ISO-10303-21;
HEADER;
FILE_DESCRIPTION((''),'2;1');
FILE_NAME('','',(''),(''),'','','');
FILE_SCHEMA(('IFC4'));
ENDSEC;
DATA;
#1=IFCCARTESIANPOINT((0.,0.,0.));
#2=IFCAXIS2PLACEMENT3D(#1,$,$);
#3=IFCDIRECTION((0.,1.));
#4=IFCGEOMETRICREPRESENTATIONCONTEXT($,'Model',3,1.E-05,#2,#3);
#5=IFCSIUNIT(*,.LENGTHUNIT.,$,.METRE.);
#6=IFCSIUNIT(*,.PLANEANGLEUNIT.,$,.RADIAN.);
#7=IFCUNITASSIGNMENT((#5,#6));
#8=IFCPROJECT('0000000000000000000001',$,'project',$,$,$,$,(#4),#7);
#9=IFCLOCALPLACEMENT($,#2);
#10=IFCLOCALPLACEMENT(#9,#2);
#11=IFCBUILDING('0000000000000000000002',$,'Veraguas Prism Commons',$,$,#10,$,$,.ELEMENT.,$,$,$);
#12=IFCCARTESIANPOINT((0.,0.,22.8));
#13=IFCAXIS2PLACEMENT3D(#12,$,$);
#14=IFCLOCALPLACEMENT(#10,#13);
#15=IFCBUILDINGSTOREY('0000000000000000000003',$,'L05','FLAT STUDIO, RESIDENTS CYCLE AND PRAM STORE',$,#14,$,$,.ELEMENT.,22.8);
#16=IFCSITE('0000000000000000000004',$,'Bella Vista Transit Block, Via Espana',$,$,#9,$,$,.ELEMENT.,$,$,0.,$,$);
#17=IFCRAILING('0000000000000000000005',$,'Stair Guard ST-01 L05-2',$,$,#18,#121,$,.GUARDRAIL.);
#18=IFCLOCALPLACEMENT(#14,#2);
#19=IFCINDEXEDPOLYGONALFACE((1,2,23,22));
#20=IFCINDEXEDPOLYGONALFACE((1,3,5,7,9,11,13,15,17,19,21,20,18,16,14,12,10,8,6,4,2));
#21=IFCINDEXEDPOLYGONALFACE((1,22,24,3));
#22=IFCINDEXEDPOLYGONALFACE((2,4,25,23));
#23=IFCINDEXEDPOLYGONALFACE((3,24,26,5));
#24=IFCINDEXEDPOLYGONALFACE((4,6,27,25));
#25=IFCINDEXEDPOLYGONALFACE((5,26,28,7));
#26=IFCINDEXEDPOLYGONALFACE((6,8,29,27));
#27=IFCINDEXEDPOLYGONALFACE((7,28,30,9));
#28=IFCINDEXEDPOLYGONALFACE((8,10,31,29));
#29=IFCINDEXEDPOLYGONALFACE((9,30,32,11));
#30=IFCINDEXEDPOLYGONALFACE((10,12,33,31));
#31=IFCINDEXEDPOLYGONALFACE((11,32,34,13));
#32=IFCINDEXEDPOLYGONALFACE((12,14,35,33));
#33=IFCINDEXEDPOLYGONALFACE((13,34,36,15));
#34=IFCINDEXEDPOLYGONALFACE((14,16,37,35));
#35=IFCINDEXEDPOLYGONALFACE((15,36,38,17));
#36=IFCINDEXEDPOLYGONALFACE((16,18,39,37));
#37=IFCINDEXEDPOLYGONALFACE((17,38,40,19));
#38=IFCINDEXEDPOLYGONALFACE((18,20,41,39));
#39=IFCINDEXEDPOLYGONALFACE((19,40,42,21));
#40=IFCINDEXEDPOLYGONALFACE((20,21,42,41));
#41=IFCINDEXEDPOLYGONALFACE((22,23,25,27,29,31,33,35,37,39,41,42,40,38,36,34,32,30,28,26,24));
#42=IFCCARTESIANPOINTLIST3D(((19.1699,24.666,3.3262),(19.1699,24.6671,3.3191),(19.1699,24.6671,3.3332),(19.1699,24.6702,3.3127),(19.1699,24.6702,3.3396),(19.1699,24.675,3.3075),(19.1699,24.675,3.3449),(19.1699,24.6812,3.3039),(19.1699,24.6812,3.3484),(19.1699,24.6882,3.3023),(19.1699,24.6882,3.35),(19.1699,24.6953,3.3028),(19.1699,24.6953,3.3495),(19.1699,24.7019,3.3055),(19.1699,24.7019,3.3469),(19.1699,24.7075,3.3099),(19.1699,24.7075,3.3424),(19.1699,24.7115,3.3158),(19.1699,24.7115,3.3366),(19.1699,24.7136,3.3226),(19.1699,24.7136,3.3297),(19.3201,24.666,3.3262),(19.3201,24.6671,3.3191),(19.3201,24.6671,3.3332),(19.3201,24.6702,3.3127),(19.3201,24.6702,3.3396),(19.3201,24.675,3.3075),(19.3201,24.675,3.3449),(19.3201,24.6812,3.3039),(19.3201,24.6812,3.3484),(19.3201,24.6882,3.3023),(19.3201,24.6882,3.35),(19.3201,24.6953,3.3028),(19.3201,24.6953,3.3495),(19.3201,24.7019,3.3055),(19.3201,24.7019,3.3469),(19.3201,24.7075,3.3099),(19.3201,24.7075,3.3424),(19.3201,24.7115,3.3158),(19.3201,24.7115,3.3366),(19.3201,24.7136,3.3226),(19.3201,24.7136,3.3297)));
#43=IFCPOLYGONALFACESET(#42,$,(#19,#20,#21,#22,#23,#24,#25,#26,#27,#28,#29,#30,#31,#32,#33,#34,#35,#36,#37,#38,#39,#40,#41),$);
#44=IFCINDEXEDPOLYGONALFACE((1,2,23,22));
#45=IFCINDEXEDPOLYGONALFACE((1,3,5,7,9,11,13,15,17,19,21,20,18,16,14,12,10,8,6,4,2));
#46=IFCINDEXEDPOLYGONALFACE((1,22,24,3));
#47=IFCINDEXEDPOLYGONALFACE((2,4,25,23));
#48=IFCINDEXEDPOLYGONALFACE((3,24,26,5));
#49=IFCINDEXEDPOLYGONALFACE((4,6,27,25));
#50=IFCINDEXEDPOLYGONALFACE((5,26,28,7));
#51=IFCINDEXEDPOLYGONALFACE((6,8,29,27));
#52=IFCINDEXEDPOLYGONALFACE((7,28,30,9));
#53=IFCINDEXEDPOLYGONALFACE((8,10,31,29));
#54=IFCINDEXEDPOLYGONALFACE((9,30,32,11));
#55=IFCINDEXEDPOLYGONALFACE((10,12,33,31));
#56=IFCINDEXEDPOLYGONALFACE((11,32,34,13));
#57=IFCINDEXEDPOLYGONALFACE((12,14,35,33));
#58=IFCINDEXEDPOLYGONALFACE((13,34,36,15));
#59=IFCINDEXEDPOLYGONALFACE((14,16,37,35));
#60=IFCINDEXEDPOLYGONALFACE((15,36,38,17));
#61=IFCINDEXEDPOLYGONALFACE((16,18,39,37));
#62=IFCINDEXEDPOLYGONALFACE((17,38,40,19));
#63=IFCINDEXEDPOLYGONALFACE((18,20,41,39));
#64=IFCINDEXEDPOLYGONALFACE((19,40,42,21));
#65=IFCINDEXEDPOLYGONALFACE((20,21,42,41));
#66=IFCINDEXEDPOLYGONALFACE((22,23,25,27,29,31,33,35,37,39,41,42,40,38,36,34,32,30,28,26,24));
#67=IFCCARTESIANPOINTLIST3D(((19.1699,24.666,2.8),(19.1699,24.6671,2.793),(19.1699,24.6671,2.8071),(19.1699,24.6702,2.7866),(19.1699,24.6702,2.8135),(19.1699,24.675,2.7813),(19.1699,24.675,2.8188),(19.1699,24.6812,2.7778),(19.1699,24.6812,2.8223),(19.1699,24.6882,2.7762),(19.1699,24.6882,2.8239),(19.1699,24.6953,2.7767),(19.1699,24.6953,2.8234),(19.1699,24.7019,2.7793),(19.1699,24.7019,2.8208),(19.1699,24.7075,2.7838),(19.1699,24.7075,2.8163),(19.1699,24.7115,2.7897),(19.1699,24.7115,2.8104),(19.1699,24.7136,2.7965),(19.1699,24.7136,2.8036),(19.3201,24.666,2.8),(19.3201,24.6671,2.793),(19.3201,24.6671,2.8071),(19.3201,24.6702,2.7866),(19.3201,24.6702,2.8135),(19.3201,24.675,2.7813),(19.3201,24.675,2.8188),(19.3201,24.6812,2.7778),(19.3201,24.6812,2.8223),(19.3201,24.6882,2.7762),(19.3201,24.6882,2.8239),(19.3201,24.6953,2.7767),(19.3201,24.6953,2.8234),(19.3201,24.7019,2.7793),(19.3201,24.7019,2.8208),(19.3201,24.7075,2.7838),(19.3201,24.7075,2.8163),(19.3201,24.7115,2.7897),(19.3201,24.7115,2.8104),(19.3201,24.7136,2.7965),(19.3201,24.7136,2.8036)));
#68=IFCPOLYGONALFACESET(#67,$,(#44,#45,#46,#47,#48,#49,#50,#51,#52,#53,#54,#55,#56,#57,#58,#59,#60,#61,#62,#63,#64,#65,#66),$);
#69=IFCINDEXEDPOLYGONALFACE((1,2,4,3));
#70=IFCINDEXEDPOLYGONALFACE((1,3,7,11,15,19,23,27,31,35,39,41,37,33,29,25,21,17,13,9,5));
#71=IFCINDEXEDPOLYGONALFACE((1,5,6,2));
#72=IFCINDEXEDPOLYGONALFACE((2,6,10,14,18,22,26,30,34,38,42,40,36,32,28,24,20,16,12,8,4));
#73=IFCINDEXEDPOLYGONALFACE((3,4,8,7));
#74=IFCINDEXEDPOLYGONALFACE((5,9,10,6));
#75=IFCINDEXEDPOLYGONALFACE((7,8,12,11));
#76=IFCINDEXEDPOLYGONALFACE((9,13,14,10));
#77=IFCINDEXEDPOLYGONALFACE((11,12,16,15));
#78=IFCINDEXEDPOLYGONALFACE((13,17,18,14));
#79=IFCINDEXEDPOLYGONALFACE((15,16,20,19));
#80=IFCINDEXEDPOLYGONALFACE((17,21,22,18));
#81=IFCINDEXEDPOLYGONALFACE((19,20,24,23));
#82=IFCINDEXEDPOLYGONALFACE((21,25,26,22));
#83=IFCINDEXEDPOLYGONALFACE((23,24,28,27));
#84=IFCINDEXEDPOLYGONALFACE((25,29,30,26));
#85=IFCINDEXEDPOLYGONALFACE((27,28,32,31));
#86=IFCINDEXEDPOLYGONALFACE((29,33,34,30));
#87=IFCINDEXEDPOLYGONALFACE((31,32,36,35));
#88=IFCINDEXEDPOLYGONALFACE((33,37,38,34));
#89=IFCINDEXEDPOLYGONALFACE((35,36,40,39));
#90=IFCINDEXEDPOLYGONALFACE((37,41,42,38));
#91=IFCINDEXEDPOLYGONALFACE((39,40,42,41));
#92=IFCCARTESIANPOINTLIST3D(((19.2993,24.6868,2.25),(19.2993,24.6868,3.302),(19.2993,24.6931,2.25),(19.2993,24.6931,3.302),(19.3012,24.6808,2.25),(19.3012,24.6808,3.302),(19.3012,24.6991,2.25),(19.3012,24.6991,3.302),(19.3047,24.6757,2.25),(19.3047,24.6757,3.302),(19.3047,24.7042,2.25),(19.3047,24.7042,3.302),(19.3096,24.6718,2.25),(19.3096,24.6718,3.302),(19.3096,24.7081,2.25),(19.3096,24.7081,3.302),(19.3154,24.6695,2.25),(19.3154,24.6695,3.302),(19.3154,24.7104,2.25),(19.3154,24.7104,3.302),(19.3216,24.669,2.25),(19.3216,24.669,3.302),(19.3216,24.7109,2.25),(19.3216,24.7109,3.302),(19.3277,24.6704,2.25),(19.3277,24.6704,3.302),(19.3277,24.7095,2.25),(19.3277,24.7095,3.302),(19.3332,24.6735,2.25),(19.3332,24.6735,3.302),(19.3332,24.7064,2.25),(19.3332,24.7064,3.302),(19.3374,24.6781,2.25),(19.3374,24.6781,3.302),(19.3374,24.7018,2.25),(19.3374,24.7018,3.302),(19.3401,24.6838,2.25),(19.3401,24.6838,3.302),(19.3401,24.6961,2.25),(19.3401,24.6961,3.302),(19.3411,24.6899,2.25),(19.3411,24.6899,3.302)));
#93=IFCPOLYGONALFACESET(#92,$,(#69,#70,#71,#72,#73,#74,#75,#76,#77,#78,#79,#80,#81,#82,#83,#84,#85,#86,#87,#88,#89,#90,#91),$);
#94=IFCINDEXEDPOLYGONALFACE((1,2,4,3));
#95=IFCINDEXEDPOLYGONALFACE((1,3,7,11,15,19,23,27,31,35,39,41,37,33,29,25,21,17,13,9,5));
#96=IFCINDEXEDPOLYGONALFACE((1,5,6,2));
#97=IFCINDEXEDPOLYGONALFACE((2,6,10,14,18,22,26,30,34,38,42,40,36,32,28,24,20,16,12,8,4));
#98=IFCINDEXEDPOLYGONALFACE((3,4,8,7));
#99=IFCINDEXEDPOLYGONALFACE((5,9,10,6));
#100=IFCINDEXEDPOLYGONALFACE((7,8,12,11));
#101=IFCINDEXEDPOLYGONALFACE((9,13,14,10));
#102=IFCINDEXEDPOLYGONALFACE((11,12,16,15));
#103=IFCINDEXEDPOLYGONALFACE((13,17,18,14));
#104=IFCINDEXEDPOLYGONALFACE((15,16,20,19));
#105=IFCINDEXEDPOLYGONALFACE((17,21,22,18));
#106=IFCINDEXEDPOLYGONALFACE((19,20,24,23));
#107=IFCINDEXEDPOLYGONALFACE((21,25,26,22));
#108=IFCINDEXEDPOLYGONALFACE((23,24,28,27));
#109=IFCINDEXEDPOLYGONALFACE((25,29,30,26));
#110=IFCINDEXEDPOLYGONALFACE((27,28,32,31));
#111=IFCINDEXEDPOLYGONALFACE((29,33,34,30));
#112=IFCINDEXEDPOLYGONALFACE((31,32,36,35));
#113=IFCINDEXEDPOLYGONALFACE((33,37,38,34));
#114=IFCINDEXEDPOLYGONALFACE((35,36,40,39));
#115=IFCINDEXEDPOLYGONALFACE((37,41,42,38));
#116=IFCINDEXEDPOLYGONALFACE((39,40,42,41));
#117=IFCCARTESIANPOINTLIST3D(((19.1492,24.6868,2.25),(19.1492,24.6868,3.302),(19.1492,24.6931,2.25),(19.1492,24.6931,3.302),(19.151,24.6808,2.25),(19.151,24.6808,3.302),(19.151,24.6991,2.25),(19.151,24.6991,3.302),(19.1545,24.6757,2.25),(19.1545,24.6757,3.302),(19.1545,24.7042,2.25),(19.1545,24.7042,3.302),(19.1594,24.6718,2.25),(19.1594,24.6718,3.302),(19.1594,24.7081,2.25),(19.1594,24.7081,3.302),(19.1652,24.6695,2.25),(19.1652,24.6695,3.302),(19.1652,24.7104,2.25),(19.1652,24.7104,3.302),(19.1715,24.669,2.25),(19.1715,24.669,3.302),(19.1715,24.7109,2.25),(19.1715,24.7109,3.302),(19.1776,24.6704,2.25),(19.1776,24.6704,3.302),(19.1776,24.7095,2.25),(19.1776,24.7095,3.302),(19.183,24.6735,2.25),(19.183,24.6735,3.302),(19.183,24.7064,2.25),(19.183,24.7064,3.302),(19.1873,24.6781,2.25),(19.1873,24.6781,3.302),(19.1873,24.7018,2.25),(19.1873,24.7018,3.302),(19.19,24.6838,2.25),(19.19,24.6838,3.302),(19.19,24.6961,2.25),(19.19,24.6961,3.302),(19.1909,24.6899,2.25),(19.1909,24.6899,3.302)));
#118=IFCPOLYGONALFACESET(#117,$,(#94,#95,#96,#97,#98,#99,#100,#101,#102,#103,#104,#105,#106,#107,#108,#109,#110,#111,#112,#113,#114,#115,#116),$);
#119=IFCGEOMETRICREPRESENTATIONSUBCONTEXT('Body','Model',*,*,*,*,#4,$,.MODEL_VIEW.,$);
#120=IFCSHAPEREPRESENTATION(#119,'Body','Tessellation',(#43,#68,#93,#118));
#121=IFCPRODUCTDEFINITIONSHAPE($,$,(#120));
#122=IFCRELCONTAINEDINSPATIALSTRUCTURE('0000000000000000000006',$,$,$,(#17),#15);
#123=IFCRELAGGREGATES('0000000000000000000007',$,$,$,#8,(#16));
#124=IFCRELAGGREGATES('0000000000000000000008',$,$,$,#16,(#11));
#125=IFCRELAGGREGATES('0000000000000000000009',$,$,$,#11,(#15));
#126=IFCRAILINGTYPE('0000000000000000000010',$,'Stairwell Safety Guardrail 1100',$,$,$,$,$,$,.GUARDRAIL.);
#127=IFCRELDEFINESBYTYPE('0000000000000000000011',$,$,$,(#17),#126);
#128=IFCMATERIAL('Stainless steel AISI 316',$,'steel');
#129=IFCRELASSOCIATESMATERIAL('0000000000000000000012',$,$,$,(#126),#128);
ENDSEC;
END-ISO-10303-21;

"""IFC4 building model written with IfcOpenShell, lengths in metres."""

from ifc_helpers import new_model, si_unit, direction, frame, origin, origin_2d, place, context, subcontext, project, spatial, circle, extrude, material, type_object, element, save


model = new_model("IFC4")

# Units and contexts
model_context = context("Model", 3, precision=1e-05, world=origin(), true_north=direction((0.0, 1.0)))
body_context = subcontext(model_context, "Body", "Model", "MODEL_VIEW")
ifc_project = project(units=[si_unit("LENGTHUNIT", "METRE"), si_unit("PLANEANGLEUNIT", "RADIAN")], contexts=[model_context])

# Site, building, storey
site_placement = place(None, origin())
site = spatial("IfcSite", under=ifc_project, at=site_placement, Name="Bella Vista Transit Block, Via Espana", CompositionType="ELEMENT", RefElevation=0.0)
building_placement = place(site_placement, origin())
building = spatial("IfcBuilding", under=site, at=building_placement, Name="Veraguas Prism Commons", CompositionType="ELEMENT")
storey_placement = place(building_placement, frame((0.0, 0.0, 22.8)))
storey = spatial("IfcBuildingStorey", under=building, at=storey_placement, Name="L05", Description="FLAT STUDIO, RESIDENTS CYCLE AND PRAM STORE", CompositionType="ELEMENT", Elevation=22.8)

# Railing
ifc_material_1 = material(Name="Stainless steel AISI 316", Category="steel")
railing_type_1 = type_object("IfcRailingType", Name="Stairwell Safety Guardrail 1100", PredefinedType="GUARDRAIL", material=ifc_material_1)
railing_1_placement = place(storey_placement, frame((19.3201, 24.6899, 2.25)))
element("IfcRailing", 1, at=railing_1_placement, inside=storey, type_object=railing_type_1, Name="Stair Guard ST-01 L05-2", PredefinedType="GUARDRAIL", context=body_context, shape_type="SweptSolid", body=[
    extrude(circle(Radius=0.0239, at=origin_2d()), frame((0.0, 0.0, 1.0762), z_axis=(-1.0, 0.0, 0.0), x_axis=(0.0, -1.0, 0.0)), (0.0, 0.0, 1.0), 0.1501),
    extrude(circle(Radius=0.0239, at=origin_2d()), frame((0.0, 0.0, 0.55), z_axis=(-1.0, 0.0, 0.0), x_axis=(0.0, -1.0, 0.0)), (0.0, 0.0, 1.0), 0.1501),
    extrude(circle(Radius=0.021, at=origin_2d()), origin(), (0.0, 0.0, 1.0), 1.052),
    extrude(circle(Radius=0.021, at=origin_2d()), frame((-0.1501, 0.0, 0.0)), (0.0, 0.0, 1.0), 1.052),
])

save(model, "model.ifc")
